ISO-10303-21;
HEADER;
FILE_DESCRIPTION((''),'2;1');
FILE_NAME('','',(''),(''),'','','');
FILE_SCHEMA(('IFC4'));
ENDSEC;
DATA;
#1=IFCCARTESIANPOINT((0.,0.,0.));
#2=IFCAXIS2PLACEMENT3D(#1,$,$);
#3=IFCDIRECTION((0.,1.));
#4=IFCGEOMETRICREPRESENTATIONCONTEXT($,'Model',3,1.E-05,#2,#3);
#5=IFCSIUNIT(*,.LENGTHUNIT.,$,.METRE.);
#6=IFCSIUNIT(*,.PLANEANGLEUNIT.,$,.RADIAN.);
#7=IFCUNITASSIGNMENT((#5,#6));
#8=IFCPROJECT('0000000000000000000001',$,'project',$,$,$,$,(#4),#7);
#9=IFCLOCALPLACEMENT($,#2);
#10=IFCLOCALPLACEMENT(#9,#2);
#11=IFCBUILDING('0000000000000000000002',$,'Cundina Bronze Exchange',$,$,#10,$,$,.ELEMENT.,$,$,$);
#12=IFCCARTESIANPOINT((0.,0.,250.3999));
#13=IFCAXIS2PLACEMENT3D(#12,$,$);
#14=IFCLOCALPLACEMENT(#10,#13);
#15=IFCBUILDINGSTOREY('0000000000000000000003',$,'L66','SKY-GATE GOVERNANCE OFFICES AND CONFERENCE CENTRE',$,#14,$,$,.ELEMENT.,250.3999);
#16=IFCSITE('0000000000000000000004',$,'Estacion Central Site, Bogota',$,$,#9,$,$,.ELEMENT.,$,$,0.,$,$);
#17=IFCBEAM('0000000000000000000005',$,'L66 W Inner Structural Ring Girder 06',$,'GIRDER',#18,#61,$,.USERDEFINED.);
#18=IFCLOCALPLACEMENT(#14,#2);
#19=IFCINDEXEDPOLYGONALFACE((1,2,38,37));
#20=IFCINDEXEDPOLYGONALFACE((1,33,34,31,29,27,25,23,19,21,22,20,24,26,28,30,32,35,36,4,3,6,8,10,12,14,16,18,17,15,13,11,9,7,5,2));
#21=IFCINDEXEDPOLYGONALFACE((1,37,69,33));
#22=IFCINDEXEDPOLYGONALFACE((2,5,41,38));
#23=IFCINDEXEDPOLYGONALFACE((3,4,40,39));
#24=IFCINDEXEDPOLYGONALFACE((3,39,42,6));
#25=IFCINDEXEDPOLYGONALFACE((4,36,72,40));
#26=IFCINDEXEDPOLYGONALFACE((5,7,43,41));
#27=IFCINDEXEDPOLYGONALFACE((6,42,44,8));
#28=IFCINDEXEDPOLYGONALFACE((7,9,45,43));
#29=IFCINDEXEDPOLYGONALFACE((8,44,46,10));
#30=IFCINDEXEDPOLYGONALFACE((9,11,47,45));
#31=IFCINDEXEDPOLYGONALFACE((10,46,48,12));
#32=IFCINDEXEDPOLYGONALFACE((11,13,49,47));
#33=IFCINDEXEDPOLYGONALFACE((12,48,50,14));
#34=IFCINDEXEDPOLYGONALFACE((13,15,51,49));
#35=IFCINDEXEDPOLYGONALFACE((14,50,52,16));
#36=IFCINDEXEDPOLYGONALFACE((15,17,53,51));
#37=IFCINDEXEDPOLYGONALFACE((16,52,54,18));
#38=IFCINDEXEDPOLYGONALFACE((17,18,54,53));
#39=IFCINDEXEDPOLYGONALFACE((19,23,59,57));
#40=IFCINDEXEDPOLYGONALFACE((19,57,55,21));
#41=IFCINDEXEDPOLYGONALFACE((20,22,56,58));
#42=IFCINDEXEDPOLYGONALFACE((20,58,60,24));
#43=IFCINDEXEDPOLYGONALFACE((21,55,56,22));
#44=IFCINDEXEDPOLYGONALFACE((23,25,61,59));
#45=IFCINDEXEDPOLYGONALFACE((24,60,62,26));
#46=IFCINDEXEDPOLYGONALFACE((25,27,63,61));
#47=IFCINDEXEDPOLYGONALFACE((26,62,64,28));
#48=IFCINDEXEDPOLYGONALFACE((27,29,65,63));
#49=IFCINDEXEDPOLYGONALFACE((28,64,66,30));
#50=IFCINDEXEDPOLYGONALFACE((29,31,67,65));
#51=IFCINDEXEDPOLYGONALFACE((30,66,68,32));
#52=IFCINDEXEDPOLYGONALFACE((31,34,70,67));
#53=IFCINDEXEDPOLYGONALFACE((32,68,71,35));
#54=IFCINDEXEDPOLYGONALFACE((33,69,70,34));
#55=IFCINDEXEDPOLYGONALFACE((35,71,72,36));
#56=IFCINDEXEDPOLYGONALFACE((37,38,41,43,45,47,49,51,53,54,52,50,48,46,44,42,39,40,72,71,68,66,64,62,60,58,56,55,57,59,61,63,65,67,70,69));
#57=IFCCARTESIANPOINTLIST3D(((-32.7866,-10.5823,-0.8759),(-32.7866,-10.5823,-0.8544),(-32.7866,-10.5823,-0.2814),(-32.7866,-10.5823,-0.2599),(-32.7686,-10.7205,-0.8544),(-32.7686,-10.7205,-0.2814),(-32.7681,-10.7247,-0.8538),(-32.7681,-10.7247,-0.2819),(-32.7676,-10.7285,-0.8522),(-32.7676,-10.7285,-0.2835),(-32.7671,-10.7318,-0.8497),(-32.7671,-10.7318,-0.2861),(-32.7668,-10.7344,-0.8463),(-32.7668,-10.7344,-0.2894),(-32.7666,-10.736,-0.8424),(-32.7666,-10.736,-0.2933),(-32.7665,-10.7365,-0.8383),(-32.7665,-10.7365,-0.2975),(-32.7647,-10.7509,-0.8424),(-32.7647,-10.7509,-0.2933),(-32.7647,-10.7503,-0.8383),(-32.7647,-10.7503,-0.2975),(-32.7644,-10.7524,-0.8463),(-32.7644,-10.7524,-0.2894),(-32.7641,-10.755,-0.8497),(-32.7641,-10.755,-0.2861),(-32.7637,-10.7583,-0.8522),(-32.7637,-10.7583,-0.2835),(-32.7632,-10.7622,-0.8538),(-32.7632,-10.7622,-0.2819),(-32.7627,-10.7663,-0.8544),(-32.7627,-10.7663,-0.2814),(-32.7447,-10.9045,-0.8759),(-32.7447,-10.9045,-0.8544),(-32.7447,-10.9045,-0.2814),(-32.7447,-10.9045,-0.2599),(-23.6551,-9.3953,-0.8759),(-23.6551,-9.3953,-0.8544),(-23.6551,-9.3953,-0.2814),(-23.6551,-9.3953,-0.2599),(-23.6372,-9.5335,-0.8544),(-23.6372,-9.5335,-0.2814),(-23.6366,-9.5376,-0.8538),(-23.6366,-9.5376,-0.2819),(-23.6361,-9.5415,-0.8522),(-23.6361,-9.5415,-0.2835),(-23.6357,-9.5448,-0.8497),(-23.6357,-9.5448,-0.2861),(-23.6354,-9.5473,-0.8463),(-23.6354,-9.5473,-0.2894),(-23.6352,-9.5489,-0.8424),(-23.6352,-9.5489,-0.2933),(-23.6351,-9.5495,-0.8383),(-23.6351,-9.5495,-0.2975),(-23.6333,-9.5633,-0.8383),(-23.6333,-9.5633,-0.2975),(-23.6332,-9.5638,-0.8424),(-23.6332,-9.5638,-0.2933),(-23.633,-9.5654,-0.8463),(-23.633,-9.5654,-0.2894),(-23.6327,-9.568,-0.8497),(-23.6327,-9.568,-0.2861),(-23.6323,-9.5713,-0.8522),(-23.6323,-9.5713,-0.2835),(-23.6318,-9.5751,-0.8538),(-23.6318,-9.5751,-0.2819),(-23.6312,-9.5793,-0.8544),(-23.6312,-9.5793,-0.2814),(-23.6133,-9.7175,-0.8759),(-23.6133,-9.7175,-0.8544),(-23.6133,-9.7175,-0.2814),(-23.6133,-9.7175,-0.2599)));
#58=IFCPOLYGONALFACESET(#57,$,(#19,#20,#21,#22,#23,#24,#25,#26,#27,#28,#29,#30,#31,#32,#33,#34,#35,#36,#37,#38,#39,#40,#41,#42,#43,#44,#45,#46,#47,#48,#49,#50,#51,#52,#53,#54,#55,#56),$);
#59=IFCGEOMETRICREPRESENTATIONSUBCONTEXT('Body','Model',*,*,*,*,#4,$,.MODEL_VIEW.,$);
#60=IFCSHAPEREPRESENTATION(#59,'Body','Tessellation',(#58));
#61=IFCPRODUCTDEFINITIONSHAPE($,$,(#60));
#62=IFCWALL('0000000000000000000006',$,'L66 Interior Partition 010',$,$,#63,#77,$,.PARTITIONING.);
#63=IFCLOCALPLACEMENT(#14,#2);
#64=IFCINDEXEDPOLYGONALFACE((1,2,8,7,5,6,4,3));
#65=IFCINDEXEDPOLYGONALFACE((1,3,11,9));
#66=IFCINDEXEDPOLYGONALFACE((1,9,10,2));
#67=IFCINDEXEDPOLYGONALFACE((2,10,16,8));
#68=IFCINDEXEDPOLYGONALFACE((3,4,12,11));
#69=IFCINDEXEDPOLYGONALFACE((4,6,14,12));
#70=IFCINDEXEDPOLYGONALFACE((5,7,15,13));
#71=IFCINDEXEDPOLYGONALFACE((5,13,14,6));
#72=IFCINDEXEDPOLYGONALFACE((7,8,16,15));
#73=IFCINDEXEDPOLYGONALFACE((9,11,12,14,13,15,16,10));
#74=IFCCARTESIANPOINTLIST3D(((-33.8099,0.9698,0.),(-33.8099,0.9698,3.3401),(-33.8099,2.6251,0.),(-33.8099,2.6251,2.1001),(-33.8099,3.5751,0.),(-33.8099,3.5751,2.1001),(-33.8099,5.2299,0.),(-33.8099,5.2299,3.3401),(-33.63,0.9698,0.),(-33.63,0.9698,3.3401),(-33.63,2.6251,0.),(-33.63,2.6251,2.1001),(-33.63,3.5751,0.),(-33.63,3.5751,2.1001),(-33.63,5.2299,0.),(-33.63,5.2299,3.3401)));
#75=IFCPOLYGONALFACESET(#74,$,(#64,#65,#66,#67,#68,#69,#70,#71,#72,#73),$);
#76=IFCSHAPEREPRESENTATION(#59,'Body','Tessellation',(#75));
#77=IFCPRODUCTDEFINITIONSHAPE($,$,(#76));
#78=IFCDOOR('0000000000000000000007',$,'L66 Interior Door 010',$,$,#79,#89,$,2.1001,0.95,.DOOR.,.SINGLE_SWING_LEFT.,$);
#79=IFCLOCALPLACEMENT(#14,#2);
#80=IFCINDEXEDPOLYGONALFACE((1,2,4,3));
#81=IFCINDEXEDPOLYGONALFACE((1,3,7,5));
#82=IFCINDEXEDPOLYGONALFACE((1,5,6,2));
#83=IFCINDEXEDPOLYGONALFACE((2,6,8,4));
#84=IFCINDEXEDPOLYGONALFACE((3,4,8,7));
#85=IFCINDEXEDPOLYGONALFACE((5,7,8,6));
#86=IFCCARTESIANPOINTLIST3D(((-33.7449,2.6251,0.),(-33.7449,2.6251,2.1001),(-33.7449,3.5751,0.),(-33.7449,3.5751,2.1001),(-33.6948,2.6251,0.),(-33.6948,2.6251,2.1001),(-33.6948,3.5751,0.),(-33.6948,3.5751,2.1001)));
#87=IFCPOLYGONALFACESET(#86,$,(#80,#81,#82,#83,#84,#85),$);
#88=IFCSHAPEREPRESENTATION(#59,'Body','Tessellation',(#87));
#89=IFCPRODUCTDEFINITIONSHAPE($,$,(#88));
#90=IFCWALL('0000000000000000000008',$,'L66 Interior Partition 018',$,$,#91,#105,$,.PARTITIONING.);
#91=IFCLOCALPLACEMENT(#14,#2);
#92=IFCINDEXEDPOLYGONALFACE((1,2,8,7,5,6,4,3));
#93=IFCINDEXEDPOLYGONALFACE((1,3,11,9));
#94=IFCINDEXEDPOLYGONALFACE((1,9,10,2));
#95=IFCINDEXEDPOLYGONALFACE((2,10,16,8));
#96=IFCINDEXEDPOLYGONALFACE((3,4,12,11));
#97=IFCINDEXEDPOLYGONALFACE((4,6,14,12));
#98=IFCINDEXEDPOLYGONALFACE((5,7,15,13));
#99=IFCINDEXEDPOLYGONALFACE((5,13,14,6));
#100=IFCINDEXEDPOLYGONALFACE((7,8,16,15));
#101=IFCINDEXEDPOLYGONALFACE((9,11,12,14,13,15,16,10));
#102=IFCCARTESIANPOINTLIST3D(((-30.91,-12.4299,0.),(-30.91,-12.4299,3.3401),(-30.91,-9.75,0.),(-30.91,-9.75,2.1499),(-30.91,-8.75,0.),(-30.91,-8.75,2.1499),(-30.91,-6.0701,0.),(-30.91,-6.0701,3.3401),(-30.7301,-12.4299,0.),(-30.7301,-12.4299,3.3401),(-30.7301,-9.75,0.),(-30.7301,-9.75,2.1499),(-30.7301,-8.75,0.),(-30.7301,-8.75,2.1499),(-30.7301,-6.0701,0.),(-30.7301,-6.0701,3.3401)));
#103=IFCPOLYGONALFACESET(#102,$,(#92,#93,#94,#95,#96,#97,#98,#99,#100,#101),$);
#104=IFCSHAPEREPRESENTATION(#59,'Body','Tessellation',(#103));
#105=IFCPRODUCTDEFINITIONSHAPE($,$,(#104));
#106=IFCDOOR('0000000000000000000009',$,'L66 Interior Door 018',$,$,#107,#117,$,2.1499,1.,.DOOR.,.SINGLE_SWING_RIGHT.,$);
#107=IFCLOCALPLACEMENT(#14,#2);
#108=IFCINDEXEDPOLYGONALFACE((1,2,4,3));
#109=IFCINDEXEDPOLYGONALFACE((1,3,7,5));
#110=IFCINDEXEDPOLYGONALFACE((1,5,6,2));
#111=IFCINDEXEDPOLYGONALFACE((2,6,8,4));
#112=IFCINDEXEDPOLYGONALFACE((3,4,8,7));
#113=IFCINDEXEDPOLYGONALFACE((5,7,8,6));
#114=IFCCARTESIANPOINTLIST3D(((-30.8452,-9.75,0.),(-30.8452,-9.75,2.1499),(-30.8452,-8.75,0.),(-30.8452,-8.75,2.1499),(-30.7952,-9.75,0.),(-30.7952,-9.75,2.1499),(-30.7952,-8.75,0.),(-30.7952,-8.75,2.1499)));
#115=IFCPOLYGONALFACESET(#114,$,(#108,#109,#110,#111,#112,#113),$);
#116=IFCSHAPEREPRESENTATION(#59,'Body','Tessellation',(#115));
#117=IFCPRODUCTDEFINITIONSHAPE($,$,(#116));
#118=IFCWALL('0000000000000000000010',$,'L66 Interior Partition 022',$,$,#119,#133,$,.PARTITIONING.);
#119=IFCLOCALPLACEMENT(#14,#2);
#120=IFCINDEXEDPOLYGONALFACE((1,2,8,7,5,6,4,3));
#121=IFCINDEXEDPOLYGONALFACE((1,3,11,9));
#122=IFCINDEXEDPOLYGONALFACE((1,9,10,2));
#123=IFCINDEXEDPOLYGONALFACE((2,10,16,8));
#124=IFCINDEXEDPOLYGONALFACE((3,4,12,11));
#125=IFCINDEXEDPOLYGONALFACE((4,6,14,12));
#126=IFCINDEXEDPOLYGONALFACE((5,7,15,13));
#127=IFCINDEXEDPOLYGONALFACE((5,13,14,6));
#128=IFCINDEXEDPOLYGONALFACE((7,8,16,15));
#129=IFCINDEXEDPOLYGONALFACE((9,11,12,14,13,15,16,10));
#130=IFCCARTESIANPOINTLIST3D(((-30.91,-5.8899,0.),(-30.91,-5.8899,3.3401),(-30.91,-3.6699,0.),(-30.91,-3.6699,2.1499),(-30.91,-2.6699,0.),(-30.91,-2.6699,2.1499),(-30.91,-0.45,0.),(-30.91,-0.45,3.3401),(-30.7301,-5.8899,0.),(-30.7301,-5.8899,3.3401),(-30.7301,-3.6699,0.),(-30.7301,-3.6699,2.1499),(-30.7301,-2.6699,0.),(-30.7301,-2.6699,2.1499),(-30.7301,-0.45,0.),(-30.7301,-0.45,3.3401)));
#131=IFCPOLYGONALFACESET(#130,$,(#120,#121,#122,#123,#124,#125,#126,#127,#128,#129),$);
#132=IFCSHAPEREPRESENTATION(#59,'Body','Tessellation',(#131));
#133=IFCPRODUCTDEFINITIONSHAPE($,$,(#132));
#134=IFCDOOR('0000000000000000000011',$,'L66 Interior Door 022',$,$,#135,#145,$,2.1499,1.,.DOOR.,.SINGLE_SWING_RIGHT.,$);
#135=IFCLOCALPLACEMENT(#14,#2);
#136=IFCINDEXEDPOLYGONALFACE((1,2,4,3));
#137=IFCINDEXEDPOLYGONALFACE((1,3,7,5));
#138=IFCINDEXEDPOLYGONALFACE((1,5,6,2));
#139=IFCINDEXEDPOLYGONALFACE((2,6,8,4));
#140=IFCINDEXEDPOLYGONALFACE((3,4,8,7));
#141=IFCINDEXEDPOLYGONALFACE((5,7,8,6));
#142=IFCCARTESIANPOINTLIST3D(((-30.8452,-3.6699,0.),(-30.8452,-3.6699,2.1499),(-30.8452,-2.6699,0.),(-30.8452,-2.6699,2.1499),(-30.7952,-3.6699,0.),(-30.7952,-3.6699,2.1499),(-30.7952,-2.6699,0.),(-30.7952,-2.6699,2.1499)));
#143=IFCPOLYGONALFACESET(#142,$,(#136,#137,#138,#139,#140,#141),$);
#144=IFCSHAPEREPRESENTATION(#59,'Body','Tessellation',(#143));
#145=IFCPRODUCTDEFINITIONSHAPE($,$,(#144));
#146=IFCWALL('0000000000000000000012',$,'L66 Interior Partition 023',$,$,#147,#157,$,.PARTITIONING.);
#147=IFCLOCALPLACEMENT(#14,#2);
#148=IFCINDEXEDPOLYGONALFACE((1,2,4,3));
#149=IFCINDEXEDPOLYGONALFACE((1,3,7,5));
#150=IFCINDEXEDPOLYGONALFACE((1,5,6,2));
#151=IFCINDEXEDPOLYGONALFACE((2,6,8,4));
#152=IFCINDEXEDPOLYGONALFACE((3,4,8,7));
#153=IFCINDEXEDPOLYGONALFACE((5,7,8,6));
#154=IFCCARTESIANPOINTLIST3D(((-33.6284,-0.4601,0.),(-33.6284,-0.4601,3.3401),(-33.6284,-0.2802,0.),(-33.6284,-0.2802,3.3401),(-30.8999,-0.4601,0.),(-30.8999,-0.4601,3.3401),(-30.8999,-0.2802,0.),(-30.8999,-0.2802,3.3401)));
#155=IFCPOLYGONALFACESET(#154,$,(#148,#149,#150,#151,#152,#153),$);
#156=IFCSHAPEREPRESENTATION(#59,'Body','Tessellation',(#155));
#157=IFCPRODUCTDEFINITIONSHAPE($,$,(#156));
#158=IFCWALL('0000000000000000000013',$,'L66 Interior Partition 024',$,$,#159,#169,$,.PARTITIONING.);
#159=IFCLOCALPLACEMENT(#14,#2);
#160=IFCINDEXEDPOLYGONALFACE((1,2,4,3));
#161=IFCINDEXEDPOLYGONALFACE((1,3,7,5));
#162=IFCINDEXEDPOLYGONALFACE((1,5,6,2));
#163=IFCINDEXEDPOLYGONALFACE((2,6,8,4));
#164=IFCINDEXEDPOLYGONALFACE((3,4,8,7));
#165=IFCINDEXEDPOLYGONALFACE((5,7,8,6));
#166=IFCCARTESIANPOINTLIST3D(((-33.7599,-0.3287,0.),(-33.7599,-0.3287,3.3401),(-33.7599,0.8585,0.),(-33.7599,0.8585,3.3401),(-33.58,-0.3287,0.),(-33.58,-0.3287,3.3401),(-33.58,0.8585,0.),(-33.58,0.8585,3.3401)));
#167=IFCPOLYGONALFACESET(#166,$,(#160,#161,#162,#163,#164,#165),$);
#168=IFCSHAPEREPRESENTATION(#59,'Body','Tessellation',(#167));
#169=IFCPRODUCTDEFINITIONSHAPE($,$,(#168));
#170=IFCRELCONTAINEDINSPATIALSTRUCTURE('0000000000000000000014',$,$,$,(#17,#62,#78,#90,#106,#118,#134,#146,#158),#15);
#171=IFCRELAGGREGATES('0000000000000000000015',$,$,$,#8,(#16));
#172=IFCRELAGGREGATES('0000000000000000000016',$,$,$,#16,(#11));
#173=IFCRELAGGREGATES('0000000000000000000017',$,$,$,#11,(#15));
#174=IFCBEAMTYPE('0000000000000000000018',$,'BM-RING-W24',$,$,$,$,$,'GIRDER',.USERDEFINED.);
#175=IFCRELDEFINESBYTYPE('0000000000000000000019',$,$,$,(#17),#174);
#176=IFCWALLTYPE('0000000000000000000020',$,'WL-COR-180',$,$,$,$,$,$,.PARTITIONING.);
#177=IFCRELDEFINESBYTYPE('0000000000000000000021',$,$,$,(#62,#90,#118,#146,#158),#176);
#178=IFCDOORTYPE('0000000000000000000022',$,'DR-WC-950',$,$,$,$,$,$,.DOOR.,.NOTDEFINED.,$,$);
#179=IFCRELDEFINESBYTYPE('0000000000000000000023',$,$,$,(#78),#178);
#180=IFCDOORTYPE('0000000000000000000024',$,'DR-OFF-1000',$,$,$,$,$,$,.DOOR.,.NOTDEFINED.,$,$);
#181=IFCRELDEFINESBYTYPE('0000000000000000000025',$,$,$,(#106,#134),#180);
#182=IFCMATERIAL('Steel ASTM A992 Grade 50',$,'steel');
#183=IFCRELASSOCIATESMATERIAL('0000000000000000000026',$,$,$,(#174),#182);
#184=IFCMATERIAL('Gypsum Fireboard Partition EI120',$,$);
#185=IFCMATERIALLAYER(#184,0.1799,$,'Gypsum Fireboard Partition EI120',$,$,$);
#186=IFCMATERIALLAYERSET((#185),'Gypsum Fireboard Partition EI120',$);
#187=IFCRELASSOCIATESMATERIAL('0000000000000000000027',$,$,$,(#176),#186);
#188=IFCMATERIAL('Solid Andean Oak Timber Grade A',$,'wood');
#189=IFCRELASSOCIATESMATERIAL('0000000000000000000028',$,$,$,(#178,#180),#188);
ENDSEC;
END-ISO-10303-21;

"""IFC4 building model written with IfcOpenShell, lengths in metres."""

from ifc_helpers import new_model, si_unit, direction, frame, frame_2d, origin, origin_2d, place, context, subcontext, project, spatial, rectangle, i_section, extrude, material, layer, layer_set, material_profile, profile_set, type_object, element, fill, save


model = new_model("IFC4")

# Units and contexts
model_context = context("Model", 3, precision=1e-05, world=origin(), true_north=direction((0.0, 1.0)))
body_context = subcontext(model_context, "Body", "Model", "MODEL_VIEW")
ifc_project = project(units=[si_unit("LENGTHUNIT", "METRE"), si_unit("PLANEANGLEUNIT", "RADIAN")], contexts=[model_context])

# Site, building, storey
site_placement = place(None, origin())
site = spatial("IfcSite", under=ifc_project, at=site_placement, Name="Estacion Central Site, Bogota", CompositionType="ELEMENT", RefElevation=0.0)
building_placement = place(site_placement, origin())
building = spatial("IfcBuilding", under=site, at=building_placement, Name="Cundina Bronze Exchange", CompositionType="ELEMENT")
storey_placement = place(building_placement, frame((0.0, 0.0, 250.3999)))
storey = spatial("IfcBuildingStorey", under=building, at=storey_placement, Name="L66", Description="SKY-GATE GOVERNANCE OFFICES AND CONFERENCE CENTRE", CompositionType="ELEMENT", Elevation=250.3999)

# Beam
ifc_material_1 = material(Name="Steel ASTM A992 Grade 50", Category="steel")
ifc_material_profile_1 = material_profile(ifc_material_1, i_section(OverallWidth=0.325, OverallDepth=0.616, WebThickness=0.0139, FlangeThickness=0.0215, FilletRadius=0.0161, at=origin_2d()), Name="W24X117", Category="steel")
ifc_profile_set_1 = profile_set([ifc_material_profile_1], Name="Steel ASTM A992 Grade 50")
beam_type_1 = type_object("IfcBeamType", Name="BM-RING-W24", ElementType="GIRDER", PredefinedType="USERDEFINED", material=ifc_profile_set_1)
beam_1_placement = place(storey_placement, frame((-32.7656, -10.7434, -0.5679), z_axis=(0.991656, 0.128908, 0.0), x_axis=(-0.128908, 0.991656, 0.0)))
element("IfcBeam", 1, at=beam_1_placement, inside=storey, type_object=beam_type_1, Name="L66 W Inner Structural Ring Girder 06", ObjectType="GIRDER", PredefinedType="USERDEFINED", context=body_context, shape_type="SweptSolid", body=[
    extrude(i_section(OverallWidth=0.325, OverallDepth=0.616, WebThickness=0.0139, FlangeThickness=0.0215, FilletRadius=0.0161, at=origin_2d()), origin(), (0.0, 0.0, 1.0), 9.2083),
])

# Walls, openings, doors
ifc_material_2 = material(Name="Gypsum Fireboard Partition EI120")
ifc_layer_1 = layer(ifc_material_2, 0.1799, Name="Gypsum Fireboard Partition EI120")
ifc_layer_set_1 = layer_set([ifc_layer_1], Name="Gypsum Fireboard Partition EI120")
wall_type_1 = type_object("IfcWallType", Name="WL-COR-180", PredefinedType="PARTITIONING", material=ifc_layer_set_1)
wall_1_placement = place(storey_placement, frame((-33.72, 0.97, 0.0), z_axis=(0.0, 0.0, 1.0), x_axis=(0.0, 1.0, 0.0)))
wall_1 = element("IfcWall", 2, at=wall_1_placement, inside=storey, type_object=wall_type_1, Name="L66 Interior Partition 010", PredefinedType="PARTITIONING", context=body_context, shape_type="SweptSolid", body=[
    extrude(rectangle(XDim=4.26, YDim=0.1799, at=frame_2d((2.1299, 0.0))), origin(), (0.0, 0.0, 1.0), 3.3401),
])
opening_1_placement = place(wall_1_placement, frame((1.655, 0.0, 0.0)))
opening_1 = element("IfcOpeningElement", 3, at=opening_1_placement, cuts=wall_1, PredefinedType="OPENING", context=body_context, shape_type="SweptSolid", body=[
    extrude(rectangle(XDim=0.95, YDim=2.1001, at=frame_2d((0.4751, 1.05))), frame((0.0, 0.0999, 0.0), z_axis=(0.0, -1.0, 0.0), x_axis=(1.0, 0.0, 0.0)), (0.0, 0.0, 1.0), 0.2),
])
ifc_material_3 = material(Name="Solid Andean Oak Timber Grade A", Category="wood")
door_type_1 = type_object("IfcDoorType", Name="DR-WC-950", OperationType="NOTDEFINED", PredefinedType="DOOR", material=ifc_material_3)
door_1_placement = place(opening_1_placement, origin())
door_1 = element("IfcDoor", 4, at=door_1_placement, inside=storey, type_object=door_type_1, Name="L66 Interior Door 010", OperationType="SINGLE_SWING_LEFT", OverallHeight=2.1001, OverallWidth=0.95, PredefinedType="DOOR", context=body_context, shape_type="SweptSolid", body=[
    extrude(rectangle(XDim=0.95, YDim=2.1001, at=frame_2d((0.4751, 1.05))), frame((0.0, 0.0249, 0.0), z_axis=(0.0, -1.0, 0.0), x_axis=(1.0, 0.0, 0.0)), (0.0, 0.0, 1.0), 0.05),
])
fill(opening_1, door_1)
wall_2_placement = place(storey_placement, frame((-30.8201, -6.0701, 0.0), z_axis=(0.0, 0.0, 1.0), x_axis=(0.0, -1.0, 0.0)))
wall_2 = element("IfcWall", 5, at=wall_2_placement, inside=storey, type_object=wall_type_1, Name="L66 Interior Partition 018", PredefinedType="PARTITIONING", context=body_context, shape_type="SweptSolid", body=[
    extrude(rectangle(XDim=6.3599, YDim=0.1799, at=frame_2d((3.1799, 0.0))), origin(), (0.0, 0.0, 1.0), 3.3401),
])
opening_2_placement = place(wall_2_placement, frame((2.6799, 0.0, 0.0)))
opening_2 = element("IfcOpeningElement", 6, at=opening_2_placement, cuts=wall_2, PredefinedType="OPENING", context=body_context, shape_type="SweptSolid", body=[
    extrude(rectangle(XDim=1.0, YDim=2.1499, at=frame_2d((0.5, 1.075))), frame((0.0, 0.0999, 0.0), z_axis=(0.0, -1.0, 0.0), x_axis=(1.0, 0.0, 0.0)), (0.0, 0.0, 1.0), 0.2),
])
door_type_2 = type_object("IfcDoorType", Name="DR-OFF-1000", OperationType="NOTDEFINED", PredefinedType="DOOR", material=ifc_material_3)
door_2_placement = place(opening_2_placement, origin())
door_2 = element("IfcDoor", 7, at=door_2_placement, inside=storey, type_object=door_type_2, Name="L66 Interior Door 018", OperationType="SINGLE_SWING_RIGHT", OverallHeight=2.1499, OverallWidth=1.0, PredefinedType="DOOR", context=body_context, shape_type="SweptSolid", body=[
    extrude(rectangle(XDim=1.0, YDim=2.1499, at=frame_2d((0.5, 1.075))), frame((0.0, 0.0249, 0.0), z_axis=(0.0, -1.0, 0.0), x_axis=(1.0, 0.0, 0.0)), (0.0, 0.0, 1.0), 0.05),
])
fill(opening_2, door_2)
wall_3_placement = place(storey_placement, frame((-30.8201, -0.45, 0.0), z_axis=(0.0, 0.0, 1.0), x_axis=(0.0, -1.0, 0.0)))
wall_3 = element("IfcWall", 8, at=wall_3_placement, inside=storey, type_object=wall_type_1, Name="L66 Interior Partition 022", PredefinedType="PARTITIONING", context=body_context, shape_type="SweptSolid", body=[
    extrude(rectangle(XDim=5.4399, YDim=0.1799, at=frame_2d((2.72, 0.0))), origin(), (0.0, 0.0, 1.0), 3.3401),
])
opening_3_placement = place(wall_3_placement, frame((2.22, 0.0, 0.0)))
opening_3 = element("IfcOpeningElement", 9, at=opening_3_placement, cuts=wall_3, PredefinedType="OPENING", context=body_context, shape_type="SweptSolid", body=[
    extrude(rectangle(XDim=1.0, YDim=2.1499, at=frame_2d((0.5, 1.075))), frame((0.0, 0.0999, 0.0), z_axis=(0.0, -1.0, 0.0), x_axis=(1.0, 0.0, 0.0)), (0.0, 0.0, 1.0), 0.2),
])
door_3_placement = place(opening_3_placement, origin())
door_3 = element("IfcDoor", 10, at=door_3_placement, inside=storey, type_object=door_type_2, Name="L66 Interior Door 022", OperationType="SINGLE_SWING_RIGHT", OverallHeight=2.1499, OverallWidth=1.0, PredefinedType="DOOR", context=body_context, shape_type="SweptSolid", body=[
    extrude(rectangle(XDim=1.0, YDim=2.1499, at=frame_2d((0.5, 1.075))), frame((0.0, 0.0249, 0.0), z_axis=(0.0, -1.0, 0.0), x_axis=(1.0, 0.0, 0.0)), (0.0, 0.0, 1.0), 0.05),
])
fill(opening_3, door_3)

# Walls
wall_4_placement = place(storey_placement, frame((-33.6284, -0.3701, 0.0), z_axis=(0.0, 0.0, 1.0), x_axis=(1.0, 0.0, 0.0)))
element("IfcWall", 11, at=wall_4_placement, inside=storey, type_object=wall_type_1, Name="L66 Interior Partition 023", PredefinedType="PARTITIONING", context=body_context, shape_type="SweptSolid", body=[
    extrude(rectangle(XDim=2.7285, YDim=0.1799, at=frame_2d((1.3643, 0.0))), origin(), (0.0, 0.0, 1.0), 3.3401),
])
wall_5_placement = place(storey_placement, frame((-33.6699, 0.8586, 0.0), z_axis=(0.0, 0.0, 1.0), x_axis=(0.0, -1.0, 0.0)))
element("IfcWall", 12, at=wall_5_placement, inside=storey, type_object=wall_type_1, Name="L66 Interior Partition 024", PredefinedType="PARTITIONING", context=body_context, shape_type="SweptSolid", body=[
    extrude(rectangle(XDim=1.1873, YDim=0.1799, at=frame_2d((0.5938, 0.0))), origin(), (0.0, 0.0, 1.0), 3.3401),
])

save(model, "model.ifc")
